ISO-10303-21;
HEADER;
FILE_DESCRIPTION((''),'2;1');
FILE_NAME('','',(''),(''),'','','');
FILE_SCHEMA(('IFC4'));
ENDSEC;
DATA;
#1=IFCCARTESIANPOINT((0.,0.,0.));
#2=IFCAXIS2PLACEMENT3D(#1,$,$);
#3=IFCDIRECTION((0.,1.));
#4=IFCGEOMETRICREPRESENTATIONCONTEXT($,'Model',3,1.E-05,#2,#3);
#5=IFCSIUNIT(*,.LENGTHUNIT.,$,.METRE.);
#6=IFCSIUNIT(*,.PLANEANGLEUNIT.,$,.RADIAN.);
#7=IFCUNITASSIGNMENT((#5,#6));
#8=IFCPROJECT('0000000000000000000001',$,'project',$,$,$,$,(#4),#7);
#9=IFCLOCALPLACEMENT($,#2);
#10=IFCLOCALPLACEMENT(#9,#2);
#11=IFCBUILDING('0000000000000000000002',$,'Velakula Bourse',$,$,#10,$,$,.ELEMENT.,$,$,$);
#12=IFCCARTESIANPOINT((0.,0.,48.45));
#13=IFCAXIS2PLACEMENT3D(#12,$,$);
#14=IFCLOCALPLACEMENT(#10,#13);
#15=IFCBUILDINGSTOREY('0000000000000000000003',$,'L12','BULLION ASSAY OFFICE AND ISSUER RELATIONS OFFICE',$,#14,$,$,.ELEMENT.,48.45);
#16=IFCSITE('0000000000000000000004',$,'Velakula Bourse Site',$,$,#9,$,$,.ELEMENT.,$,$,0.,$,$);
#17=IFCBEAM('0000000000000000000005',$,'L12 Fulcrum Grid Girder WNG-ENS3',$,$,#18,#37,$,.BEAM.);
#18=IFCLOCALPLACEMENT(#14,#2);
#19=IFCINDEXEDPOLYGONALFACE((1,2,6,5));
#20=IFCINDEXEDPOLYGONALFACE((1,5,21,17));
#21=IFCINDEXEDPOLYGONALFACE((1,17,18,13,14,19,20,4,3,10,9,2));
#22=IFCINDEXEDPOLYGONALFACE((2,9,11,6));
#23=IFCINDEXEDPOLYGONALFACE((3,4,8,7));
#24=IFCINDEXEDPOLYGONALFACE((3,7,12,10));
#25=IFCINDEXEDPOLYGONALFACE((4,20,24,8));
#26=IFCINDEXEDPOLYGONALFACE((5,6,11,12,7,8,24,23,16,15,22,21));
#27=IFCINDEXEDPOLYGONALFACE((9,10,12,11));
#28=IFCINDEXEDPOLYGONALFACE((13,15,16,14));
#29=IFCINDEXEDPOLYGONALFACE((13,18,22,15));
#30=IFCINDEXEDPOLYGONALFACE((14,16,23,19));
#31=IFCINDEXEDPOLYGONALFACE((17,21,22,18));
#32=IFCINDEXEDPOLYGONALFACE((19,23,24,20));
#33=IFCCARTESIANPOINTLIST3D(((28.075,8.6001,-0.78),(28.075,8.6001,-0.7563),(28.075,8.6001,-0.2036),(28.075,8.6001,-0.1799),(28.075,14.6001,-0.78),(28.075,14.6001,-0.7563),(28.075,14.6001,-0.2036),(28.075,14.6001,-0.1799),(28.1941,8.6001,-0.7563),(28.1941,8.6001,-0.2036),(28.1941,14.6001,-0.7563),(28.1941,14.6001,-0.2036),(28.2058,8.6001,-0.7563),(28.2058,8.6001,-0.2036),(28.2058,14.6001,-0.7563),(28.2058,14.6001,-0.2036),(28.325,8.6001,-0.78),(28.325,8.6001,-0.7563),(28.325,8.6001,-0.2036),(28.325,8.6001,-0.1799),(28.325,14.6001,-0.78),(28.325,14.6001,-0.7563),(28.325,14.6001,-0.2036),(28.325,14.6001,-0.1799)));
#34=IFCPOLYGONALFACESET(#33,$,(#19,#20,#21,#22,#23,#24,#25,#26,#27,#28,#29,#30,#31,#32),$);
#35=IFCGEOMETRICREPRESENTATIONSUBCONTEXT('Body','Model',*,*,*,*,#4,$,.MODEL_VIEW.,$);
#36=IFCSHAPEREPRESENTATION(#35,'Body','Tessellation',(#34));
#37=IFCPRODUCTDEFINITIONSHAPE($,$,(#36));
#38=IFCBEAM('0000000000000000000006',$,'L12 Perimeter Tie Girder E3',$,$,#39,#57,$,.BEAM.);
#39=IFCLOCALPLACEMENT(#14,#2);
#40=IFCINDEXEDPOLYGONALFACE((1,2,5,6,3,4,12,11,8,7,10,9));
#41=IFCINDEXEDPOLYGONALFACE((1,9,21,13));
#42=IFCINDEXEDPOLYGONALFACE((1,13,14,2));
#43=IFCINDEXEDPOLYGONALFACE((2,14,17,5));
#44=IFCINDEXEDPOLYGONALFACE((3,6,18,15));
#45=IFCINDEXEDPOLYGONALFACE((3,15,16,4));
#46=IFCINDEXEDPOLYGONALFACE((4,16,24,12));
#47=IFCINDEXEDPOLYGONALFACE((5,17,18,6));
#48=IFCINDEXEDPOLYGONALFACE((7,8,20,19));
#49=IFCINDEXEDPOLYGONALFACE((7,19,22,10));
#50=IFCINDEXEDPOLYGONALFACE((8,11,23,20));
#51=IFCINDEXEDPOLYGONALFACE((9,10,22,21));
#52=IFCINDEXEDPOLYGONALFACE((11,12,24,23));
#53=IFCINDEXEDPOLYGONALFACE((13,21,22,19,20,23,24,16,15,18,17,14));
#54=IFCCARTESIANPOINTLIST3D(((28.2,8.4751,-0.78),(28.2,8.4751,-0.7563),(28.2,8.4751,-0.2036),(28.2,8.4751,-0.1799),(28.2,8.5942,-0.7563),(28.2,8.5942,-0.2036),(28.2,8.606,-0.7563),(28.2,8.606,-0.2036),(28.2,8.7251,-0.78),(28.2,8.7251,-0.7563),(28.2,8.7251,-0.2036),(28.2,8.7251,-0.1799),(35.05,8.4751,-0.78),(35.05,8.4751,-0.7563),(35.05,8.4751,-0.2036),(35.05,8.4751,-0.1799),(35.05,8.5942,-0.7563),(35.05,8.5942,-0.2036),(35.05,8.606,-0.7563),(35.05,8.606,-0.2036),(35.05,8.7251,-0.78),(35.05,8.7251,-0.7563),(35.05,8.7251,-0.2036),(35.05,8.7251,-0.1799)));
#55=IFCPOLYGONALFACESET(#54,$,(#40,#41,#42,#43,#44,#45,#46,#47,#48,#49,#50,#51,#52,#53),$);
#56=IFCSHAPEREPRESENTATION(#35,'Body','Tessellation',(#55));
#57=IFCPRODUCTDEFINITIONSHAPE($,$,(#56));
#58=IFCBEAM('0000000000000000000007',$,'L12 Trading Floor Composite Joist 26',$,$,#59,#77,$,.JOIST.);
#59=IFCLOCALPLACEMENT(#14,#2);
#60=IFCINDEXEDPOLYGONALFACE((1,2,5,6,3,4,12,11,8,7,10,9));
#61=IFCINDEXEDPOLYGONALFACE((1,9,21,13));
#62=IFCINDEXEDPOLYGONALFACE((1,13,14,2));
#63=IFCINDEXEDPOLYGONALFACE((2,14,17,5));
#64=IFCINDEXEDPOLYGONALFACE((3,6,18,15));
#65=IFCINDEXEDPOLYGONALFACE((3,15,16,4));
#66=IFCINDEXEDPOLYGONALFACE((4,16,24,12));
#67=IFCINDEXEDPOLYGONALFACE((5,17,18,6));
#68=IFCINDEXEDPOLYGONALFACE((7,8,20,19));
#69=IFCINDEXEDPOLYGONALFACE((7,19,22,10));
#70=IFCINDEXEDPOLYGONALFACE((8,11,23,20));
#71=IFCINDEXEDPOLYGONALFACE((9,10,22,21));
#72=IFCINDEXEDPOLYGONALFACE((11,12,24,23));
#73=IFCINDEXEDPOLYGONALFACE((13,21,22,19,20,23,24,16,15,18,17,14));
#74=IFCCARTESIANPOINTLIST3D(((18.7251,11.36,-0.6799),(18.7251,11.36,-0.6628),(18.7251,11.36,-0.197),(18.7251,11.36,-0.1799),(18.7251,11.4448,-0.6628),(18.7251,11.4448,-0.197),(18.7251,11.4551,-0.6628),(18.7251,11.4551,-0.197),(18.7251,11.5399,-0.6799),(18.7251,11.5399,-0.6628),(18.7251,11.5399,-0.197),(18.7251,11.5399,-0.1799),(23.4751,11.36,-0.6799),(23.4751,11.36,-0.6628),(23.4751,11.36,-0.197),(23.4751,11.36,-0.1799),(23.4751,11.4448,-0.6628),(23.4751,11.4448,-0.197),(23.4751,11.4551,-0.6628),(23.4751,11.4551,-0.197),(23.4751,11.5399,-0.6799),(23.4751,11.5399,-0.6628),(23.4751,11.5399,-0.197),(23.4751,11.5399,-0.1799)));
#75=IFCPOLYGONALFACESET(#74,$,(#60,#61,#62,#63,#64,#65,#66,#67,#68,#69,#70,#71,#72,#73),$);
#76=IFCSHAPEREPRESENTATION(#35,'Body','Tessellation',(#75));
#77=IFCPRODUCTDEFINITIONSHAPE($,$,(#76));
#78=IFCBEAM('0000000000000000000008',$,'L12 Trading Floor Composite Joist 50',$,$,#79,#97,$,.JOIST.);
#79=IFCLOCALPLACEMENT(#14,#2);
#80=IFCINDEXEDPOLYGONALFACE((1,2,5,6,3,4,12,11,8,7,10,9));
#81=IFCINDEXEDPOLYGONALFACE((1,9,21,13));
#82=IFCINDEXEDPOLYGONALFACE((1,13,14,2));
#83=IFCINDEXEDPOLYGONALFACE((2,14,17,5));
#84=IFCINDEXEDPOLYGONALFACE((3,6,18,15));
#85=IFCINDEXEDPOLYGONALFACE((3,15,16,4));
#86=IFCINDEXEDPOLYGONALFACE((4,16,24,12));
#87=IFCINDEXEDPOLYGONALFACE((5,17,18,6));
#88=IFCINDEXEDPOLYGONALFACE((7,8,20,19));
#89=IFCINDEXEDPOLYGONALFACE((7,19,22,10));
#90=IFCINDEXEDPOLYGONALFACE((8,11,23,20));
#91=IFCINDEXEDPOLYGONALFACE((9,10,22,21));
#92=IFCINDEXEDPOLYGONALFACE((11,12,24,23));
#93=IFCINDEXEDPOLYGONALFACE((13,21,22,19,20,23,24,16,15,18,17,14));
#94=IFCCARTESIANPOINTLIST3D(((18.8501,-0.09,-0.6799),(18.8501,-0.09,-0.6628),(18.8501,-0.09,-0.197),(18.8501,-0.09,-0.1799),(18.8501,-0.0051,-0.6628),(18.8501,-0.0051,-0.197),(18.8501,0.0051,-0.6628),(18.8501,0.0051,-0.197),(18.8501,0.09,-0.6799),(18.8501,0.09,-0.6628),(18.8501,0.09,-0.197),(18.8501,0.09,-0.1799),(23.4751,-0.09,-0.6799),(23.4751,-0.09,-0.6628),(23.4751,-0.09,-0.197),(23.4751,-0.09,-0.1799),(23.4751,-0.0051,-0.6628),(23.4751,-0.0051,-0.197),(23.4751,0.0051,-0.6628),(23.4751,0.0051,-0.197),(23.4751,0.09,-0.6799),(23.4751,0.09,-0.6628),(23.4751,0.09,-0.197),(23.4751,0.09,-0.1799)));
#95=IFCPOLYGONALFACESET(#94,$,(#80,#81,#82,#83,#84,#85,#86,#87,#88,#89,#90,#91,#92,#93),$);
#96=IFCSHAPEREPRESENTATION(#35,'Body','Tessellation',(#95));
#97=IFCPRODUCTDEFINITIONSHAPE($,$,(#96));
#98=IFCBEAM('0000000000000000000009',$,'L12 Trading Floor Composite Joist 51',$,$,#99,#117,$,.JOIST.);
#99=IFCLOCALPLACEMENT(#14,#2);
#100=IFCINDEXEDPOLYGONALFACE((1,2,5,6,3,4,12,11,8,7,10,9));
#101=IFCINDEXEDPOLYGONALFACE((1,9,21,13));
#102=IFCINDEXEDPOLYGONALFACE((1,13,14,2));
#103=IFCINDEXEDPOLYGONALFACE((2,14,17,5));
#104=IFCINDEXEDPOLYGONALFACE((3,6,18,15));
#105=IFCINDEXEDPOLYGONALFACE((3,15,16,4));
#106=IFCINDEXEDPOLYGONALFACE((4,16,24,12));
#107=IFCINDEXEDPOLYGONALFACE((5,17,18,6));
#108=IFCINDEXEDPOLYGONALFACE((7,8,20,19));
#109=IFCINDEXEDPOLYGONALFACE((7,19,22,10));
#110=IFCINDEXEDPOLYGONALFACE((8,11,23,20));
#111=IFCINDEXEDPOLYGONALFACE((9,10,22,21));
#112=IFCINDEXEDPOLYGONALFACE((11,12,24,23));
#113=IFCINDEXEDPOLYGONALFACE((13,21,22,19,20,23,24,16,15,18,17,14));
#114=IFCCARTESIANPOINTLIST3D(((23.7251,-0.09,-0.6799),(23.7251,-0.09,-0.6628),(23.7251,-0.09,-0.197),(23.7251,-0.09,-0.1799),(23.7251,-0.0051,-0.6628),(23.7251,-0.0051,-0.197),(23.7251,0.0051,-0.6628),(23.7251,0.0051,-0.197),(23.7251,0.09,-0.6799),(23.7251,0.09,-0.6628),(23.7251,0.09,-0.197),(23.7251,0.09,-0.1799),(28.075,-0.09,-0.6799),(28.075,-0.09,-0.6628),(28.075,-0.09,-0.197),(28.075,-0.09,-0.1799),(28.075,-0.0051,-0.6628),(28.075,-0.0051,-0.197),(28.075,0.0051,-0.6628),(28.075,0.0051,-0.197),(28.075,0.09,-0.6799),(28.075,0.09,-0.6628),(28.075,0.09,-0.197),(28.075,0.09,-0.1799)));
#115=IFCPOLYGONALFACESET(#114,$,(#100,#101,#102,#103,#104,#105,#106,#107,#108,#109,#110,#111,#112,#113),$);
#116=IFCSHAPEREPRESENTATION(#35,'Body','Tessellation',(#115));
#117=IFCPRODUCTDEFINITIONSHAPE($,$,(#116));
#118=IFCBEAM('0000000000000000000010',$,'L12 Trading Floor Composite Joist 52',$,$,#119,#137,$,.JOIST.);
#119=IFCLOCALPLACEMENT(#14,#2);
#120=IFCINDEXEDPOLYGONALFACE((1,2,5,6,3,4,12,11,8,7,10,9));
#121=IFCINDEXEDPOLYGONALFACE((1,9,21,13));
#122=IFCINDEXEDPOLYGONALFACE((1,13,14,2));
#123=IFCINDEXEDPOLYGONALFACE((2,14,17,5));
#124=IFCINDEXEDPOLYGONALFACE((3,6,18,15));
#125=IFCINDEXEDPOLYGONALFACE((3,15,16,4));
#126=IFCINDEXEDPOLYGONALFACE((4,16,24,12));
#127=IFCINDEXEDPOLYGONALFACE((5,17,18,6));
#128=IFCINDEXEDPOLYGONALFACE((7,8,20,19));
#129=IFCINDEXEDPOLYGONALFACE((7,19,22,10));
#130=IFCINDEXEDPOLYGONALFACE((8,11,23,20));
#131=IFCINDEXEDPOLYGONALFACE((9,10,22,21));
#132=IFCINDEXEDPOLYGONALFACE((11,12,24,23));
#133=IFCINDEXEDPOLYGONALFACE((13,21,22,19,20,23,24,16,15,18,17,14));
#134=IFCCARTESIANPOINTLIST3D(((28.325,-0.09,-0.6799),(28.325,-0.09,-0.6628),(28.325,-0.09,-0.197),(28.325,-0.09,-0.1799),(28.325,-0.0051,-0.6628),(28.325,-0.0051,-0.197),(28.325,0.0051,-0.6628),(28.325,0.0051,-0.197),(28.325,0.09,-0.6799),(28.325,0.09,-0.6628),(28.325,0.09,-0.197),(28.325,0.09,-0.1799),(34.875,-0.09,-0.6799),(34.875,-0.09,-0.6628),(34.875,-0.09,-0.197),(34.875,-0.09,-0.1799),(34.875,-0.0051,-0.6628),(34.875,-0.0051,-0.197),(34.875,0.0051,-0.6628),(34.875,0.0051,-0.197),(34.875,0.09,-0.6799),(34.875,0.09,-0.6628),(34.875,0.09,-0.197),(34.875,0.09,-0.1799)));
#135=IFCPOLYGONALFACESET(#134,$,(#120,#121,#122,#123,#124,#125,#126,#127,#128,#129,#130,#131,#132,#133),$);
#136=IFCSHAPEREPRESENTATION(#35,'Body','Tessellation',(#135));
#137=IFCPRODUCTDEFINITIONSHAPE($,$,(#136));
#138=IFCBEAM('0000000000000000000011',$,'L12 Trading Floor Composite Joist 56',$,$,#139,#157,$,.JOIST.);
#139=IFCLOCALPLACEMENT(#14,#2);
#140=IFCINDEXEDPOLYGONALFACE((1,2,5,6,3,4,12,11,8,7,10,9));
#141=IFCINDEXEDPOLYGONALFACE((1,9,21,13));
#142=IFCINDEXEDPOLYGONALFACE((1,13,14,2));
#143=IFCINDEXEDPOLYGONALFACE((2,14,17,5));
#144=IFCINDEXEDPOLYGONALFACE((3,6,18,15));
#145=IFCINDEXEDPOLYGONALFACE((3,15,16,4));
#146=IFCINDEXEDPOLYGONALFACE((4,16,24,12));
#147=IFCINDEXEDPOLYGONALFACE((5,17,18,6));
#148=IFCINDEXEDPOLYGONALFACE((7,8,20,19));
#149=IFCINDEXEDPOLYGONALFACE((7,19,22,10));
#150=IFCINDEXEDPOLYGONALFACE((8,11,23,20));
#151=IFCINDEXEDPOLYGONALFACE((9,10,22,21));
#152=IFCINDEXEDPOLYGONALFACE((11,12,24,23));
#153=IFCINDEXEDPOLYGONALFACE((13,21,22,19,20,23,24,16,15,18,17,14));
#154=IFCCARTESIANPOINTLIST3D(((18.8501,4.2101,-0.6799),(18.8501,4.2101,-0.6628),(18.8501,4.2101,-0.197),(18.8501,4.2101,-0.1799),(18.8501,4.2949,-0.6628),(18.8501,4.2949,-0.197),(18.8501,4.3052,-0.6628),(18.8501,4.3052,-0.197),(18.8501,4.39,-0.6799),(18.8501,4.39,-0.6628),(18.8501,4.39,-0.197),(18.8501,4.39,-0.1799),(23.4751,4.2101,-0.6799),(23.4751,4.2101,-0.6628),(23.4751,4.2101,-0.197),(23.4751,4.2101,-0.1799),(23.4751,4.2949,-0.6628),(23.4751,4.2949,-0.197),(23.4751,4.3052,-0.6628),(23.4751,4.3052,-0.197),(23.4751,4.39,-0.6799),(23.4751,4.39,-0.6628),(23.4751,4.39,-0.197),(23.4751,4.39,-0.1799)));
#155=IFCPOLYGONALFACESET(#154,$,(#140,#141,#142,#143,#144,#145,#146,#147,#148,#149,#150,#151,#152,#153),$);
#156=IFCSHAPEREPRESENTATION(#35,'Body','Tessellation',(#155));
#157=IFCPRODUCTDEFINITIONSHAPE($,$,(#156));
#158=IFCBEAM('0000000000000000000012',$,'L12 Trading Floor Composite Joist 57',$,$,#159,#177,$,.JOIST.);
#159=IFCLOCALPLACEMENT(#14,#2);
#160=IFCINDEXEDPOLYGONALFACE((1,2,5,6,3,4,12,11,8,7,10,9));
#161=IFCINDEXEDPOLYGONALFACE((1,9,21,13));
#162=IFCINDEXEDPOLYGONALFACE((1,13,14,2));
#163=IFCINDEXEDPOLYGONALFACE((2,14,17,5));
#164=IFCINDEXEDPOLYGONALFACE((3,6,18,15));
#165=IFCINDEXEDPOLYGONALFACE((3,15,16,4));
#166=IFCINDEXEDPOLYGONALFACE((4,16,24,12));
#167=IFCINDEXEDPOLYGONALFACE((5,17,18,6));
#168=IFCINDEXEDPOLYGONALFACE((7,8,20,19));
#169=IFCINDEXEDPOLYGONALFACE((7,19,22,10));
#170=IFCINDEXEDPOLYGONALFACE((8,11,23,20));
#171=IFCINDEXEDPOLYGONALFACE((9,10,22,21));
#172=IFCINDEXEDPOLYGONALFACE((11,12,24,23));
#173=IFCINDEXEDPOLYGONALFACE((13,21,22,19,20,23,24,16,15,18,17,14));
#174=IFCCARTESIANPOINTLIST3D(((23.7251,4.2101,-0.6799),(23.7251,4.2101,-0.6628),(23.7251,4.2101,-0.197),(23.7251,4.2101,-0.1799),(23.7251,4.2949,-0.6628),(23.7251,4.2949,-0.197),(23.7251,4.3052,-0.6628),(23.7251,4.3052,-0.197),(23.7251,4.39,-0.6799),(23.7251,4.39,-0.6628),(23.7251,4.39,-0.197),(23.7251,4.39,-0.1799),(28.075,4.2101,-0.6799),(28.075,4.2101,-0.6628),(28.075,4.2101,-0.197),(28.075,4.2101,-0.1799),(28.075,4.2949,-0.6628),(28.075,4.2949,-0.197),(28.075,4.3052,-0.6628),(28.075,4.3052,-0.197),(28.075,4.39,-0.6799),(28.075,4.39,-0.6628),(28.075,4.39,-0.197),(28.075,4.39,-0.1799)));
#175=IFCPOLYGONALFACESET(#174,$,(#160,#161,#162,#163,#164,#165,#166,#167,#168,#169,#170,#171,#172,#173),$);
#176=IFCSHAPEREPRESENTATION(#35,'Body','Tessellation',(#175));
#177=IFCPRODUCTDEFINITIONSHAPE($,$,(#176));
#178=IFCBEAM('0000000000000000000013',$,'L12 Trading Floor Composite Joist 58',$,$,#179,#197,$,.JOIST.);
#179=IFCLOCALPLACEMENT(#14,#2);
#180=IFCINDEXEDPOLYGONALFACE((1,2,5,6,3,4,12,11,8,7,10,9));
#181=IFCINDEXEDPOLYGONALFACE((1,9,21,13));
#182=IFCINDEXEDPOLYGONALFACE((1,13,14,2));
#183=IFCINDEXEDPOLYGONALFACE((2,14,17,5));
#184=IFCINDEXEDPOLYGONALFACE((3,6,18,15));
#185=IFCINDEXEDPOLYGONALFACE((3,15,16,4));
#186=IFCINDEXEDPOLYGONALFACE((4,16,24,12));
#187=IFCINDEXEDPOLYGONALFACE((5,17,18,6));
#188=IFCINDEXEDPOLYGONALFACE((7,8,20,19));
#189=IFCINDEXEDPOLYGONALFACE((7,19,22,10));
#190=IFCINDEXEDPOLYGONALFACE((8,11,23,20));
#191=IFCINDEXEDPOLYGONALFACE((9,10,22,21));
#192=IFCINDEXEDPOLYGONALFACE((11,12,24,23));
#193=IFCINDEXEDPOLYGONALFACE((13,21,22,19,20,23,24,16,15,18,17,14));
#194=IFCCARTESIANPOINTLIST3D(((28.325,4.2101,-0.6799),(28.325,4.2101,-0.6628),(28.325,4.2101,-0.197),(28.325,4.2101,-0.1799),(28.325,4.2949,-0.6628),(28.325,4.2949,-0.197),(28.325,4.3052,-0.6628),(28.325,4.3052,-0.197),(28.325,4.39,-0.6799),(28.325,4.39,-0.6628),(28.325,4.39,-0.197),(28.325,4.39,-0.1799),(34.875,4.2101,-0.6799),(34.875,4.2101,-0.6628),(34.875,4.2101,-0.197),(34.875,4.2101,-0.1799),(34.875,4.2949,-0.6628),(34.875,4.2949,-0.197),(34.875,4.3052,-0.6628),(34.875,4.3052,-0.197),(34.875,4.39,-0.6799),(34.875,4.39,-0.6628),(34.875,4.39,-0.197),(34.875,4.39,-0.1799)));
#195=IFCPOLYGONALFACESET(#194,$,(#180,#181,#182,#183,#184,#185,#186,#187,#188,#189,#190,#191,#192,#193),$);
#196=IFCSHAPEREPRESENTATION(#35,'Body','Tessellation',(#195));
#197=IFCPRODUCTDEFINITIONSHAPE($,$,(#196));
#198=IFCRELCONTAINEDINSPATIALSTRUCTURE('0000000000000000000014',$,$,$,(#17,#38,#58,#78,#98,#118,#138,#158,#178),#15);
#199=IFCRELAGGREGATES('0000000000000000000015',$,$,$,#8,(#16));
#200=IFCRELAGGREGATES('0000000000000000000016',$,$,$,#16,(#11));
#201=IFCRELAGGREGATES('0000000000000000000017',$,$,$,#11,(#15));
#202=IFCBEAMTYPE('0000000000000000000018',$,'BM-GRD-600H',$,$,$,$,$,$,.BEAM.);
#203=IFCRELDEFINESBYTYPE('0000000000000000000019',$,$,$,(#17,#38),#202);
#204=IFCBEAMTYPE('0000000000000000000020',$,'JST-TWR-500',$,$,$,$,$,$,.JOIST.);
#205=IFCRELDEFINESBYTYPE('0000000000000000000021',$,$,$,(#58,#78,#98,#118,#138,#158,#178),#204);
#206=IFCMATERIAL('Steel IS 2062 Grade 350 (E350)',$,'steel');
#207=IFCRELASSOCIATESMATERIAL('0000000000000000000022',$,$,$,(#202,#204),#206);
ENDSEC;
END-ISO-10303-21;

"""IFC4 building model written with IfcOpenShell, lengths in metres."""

from ifc_helpers import new_model, si_unit, direction, frame, origin, origin_2d, place, context, subcontext, project, spatial, i_section, extrude, material, material_profile, profile_set, type_object, element, save


model = new_model("IFC4")

# Units and contexts
model_context = context("Model", 3, precision=1e-05, world=origin(), true_north=direction((0.0, 1.0)))
body_context = subcontext(model_context, "Body", "Model", "MODEL_VIEW")
ifc_project = project(units=[si_unit("LENGTHUNIT", "METRE"), si_unit("PLANEANGLEUNIT", "RADIAN")], contexts=[model_context])

# Site, building, storey
site_placement = place(None, origin())
site = spatial("IfcSite", under=ifc_project, at=site_placement, Name="Velakula Bourse Site", CompositionType="ELEMENT", RefElevation=0.0)
building_placement = place(site_placement, origin())
building = spatial("IfcBuilding", under=site, at=building_placement, Name="Velakula Bourse", CompositionType="ELEMENT")
storey_placement = place(building_placement, frame((0.0, 0.0, 48.45)))
storey = spatial("IfcBuildingStorey", under=building, at=storey_placement, Name="L12", Description="BULLION ASSAY OFFICE AND ISSUER RELATIONS OFFICE", CompositionType="ELEMENT", Elevation=48.45)

# Beams
ifc_material_1 = material(Name="Steel IS 2062 Grade 350 (E350)", Category="steel")
ifc_material_profile_1 = material_profile(ifc_material_1, i_section(OverallWidth=0.25, OverallDepth=0.6001, WebThickness=0.0117, FlangeThickness=0.0237, at=origin_2d()), Name="Steel IS 2062 Grade 350 (E350)")
ifc_profile_set_1 = profile_set([ifc_material_profile_1], Name="Steel IS 2062 Grade 350 (E350)")
beam_type_1 = type_object("IfcBeamType", Name="BM-GRD-600H", PredefinedType="BEAM", material=ifc_profile_set_1)
beam_1_placement = place(storey_placement, frame((28.2, 8.6001, -0.48), z_axis=(0.0, 1.0, 0.0), x_axis=(-1.0, 0.0, 0.0)))
element("IfcBeam", 1, at=beam_1_placement, inside=storey, type_object=beam_type_1, Name="L12 Fulcrum Grid Girder WNG-ENS3", PredefinedType="BEAM", context=body_context, shape_type="SweptSolid", body=[
    extrude(i_section(OverallWidth=0.25, OverallDepth=0.6001, WebThickness=0.0117, FlangeThickness=0.0237, at=origin_2d()), origin(), (0.0, 0.0, 1.0), 6.0),
])
beam_2_placement = place(storey_placement, frame((28.2, 8.6001, -0.48), z_axis=(1.0, 0.0, 0.0), x_axis=(0.0, 1.0, 0.0)))
element("IfcBeam", 2, at=beam_2_placement, inside=storey, type_object=beam_type_1, Name="L12 Perimeter Tie Girder E3", PredefinedType="BEAM", context=body_context, shape_type="SweptSolid", body=[
    extrude(i_section(OverallWidth=0.25, OverallDepth=0.6001, WebThickness=0.0117, FlangeThickness=0.0237, at=origin_2d()), origin(), (0.0, 0.0, 1.0), 6.8501),
])
ifc_material_profile_2 = material_profile(ifc_material_1, i_section(OverallWidth=0.1799, OverallDepth=0.5, WebThickness=0.0103, FlangeThickness=0.0171, at=origin_2d()), Name="Steel IS 2062 Grade 350 (E350)")
ifc_profile_set_2 = profile_set([ifc_material_profile_2], Name="Steel IS 2062 Grade 350 (E350)")
beam_type_2 = type_object("IfcBeamType", Name="JST-TWR-500", PredefinedType="JOIST", material=ifc_profile_set_2)
beam_3_placement = place(storey_placement, frame((18.7251, 11.45, -0.4299), z_axis=(1.0, 0.0, 0.0), x_axis=(0.0, 1.0, 0.0)))
element("IfcBeam", 3, at=beam_3_placement, inside=storey, type_object=beam_type_2, Name="L12 Trading Floor Composite Joist 26", PredefinedType="JOIST", context=body_context, shape_type="SweptSolid", body=[
    extrude(i_section(OverallWidth=0.1799, OverallDepth=0.5, WebThickness=0.0103, FlangeThickness=0.0171, at=origin_2d()), origin(), (0.0, 0.0, 1.0), 4.75),
])
beam_4_placement = place(storey_placement, frame((18.8501, 0.0, -0.4299), z_axis=(1.0, 0.0, 0.0), x_axis=(0.0, 1.0, 0.0)))
element("IfcBeam", 4, at=beam_4_placement, inside=storey, type_object=beam_type_2, Name="L12 Trading Floor Composite Joist 50", PredefinedType="JOIST", context=body_context, shape_type="SweptSolid", body=[
    extrude(i_section(OverallWidth=0.1799, OverallDepth=0.5, WebThickness=0.0103, FlangeThickness=0.0171, at=origin_2d()), origin(), (0.0, 0.0, 1.0), 4.625),
])
beam_5_placement = place(storey_placement, frame((23.7251, 0.0, -0.4299), z_axis=(1.0, 0.0, 0.0), x_axis=(0.0, 1.0, 0.0)))
element("IfcBeam", 5, at=beam_5_placement, inside=storey, type_object=beam_type_2, Name="L12 Trading Floor Composite Joist 51", PredefinedType="JOIST", context=body_context, shape_type="SweptSolid", body=[
    extrude(i_section(OverallWidth=0.1799, OverallDepth=0.5, WebThickness=0.0103, FlangeThickness=0.0171, at=origin_2d()), origin(), (0.0, 0.0, 1.0), 4.3499),
])
beam_6_placement = place(storey_placement, frame((28.325, 0.0, -0.4299), z_axis=(1.0, 0.0, 0.0), x_axis=(0.0, 1.0, 0.0)))
element("IfcBeam", 6, at=beam_6_placement, inside=storey, type_object=beam_type_2, Name="L12 Trading Floor Composite Joist 52", PredefinedType="JOIST", context=body_context, shape_type="SweptSolid", body=[
    extrude(i_section(OverallWidth=0.1799, OverallDepth=0.5, WebThickness=0.0103, FlangeThickness=0.0171, at=origin_2d()), origin(), (0.0, 0.0, 1.0), 6.55),
])
beam_7_placement = place(storey_placement, frame((18.8501, 4.3, -0.4299), z_axis=(1.0, 0.0, 0.0), x_axis=(0.0, 1.0, 0.0)))
element("IfcBeam", 7, at=beam_7_placement, inside=storey, type_object=beam_type_2, Name="L12 Trading Floor Composite Joist 56", PredefinedType="JOIST", context=body_context, shape_type="SweptSolid", body=[
    extrude(i_section(OverallWidth=0.1799, OverallDepth=0.5, WebThickness=0.0103, FlangeThickness=0.0171, at=origin_2d()), origin(), (0.0, 0.0, 1.0), 4.625),
])
beam_8_placement = place(storey_placement, frame((23.7251, 4.3, -0.4299), z_axis=(1.0, 0.0, 0.0), x_axis=(0.0, 1.0, 0.0)))
element("IfcBeam", 8, at=beam_8_placement, inside=storey, type_object=beam_type_2, Name="L12 Trading Floor Composite Joist 57", PredefinedType="JOIST", context=body_context, shape_type="SweptSolid", body=[
    extrude(i_section(OverallWidth=0.1799, OverallDepth=0.5, WebThickness=0.0103, FlangeThickness=0.0171, at=origin_2d()), origin(), (0.0, 0.0, 1.0), 4.3499),
])
beam_9_placement = place(storey_placement, frame((28.325, 4.3, -0.4299), z_axis=(1.0, 0.0, 0.0), x_axis=(0.0, 1.0, 0.0)))
element("IfcBeam", 9, at=beam_9_placement, inside=storey, type_object=beam_type_2, Name="L12 Trading Floor Composite Joist 58", PredefinedType="JOIST", context=body_context, shape_type="SweptSolid", body=[
    extrude(i_section(OverallWidth=0.1799, OverallDepth=0.5, WebThickness=0.0103, FlangeThickness=0.0171, at=origin_2d()), origin(), (0.0, 0.0, 1.0), 6.55),
])

save(model, "model.ifc")
